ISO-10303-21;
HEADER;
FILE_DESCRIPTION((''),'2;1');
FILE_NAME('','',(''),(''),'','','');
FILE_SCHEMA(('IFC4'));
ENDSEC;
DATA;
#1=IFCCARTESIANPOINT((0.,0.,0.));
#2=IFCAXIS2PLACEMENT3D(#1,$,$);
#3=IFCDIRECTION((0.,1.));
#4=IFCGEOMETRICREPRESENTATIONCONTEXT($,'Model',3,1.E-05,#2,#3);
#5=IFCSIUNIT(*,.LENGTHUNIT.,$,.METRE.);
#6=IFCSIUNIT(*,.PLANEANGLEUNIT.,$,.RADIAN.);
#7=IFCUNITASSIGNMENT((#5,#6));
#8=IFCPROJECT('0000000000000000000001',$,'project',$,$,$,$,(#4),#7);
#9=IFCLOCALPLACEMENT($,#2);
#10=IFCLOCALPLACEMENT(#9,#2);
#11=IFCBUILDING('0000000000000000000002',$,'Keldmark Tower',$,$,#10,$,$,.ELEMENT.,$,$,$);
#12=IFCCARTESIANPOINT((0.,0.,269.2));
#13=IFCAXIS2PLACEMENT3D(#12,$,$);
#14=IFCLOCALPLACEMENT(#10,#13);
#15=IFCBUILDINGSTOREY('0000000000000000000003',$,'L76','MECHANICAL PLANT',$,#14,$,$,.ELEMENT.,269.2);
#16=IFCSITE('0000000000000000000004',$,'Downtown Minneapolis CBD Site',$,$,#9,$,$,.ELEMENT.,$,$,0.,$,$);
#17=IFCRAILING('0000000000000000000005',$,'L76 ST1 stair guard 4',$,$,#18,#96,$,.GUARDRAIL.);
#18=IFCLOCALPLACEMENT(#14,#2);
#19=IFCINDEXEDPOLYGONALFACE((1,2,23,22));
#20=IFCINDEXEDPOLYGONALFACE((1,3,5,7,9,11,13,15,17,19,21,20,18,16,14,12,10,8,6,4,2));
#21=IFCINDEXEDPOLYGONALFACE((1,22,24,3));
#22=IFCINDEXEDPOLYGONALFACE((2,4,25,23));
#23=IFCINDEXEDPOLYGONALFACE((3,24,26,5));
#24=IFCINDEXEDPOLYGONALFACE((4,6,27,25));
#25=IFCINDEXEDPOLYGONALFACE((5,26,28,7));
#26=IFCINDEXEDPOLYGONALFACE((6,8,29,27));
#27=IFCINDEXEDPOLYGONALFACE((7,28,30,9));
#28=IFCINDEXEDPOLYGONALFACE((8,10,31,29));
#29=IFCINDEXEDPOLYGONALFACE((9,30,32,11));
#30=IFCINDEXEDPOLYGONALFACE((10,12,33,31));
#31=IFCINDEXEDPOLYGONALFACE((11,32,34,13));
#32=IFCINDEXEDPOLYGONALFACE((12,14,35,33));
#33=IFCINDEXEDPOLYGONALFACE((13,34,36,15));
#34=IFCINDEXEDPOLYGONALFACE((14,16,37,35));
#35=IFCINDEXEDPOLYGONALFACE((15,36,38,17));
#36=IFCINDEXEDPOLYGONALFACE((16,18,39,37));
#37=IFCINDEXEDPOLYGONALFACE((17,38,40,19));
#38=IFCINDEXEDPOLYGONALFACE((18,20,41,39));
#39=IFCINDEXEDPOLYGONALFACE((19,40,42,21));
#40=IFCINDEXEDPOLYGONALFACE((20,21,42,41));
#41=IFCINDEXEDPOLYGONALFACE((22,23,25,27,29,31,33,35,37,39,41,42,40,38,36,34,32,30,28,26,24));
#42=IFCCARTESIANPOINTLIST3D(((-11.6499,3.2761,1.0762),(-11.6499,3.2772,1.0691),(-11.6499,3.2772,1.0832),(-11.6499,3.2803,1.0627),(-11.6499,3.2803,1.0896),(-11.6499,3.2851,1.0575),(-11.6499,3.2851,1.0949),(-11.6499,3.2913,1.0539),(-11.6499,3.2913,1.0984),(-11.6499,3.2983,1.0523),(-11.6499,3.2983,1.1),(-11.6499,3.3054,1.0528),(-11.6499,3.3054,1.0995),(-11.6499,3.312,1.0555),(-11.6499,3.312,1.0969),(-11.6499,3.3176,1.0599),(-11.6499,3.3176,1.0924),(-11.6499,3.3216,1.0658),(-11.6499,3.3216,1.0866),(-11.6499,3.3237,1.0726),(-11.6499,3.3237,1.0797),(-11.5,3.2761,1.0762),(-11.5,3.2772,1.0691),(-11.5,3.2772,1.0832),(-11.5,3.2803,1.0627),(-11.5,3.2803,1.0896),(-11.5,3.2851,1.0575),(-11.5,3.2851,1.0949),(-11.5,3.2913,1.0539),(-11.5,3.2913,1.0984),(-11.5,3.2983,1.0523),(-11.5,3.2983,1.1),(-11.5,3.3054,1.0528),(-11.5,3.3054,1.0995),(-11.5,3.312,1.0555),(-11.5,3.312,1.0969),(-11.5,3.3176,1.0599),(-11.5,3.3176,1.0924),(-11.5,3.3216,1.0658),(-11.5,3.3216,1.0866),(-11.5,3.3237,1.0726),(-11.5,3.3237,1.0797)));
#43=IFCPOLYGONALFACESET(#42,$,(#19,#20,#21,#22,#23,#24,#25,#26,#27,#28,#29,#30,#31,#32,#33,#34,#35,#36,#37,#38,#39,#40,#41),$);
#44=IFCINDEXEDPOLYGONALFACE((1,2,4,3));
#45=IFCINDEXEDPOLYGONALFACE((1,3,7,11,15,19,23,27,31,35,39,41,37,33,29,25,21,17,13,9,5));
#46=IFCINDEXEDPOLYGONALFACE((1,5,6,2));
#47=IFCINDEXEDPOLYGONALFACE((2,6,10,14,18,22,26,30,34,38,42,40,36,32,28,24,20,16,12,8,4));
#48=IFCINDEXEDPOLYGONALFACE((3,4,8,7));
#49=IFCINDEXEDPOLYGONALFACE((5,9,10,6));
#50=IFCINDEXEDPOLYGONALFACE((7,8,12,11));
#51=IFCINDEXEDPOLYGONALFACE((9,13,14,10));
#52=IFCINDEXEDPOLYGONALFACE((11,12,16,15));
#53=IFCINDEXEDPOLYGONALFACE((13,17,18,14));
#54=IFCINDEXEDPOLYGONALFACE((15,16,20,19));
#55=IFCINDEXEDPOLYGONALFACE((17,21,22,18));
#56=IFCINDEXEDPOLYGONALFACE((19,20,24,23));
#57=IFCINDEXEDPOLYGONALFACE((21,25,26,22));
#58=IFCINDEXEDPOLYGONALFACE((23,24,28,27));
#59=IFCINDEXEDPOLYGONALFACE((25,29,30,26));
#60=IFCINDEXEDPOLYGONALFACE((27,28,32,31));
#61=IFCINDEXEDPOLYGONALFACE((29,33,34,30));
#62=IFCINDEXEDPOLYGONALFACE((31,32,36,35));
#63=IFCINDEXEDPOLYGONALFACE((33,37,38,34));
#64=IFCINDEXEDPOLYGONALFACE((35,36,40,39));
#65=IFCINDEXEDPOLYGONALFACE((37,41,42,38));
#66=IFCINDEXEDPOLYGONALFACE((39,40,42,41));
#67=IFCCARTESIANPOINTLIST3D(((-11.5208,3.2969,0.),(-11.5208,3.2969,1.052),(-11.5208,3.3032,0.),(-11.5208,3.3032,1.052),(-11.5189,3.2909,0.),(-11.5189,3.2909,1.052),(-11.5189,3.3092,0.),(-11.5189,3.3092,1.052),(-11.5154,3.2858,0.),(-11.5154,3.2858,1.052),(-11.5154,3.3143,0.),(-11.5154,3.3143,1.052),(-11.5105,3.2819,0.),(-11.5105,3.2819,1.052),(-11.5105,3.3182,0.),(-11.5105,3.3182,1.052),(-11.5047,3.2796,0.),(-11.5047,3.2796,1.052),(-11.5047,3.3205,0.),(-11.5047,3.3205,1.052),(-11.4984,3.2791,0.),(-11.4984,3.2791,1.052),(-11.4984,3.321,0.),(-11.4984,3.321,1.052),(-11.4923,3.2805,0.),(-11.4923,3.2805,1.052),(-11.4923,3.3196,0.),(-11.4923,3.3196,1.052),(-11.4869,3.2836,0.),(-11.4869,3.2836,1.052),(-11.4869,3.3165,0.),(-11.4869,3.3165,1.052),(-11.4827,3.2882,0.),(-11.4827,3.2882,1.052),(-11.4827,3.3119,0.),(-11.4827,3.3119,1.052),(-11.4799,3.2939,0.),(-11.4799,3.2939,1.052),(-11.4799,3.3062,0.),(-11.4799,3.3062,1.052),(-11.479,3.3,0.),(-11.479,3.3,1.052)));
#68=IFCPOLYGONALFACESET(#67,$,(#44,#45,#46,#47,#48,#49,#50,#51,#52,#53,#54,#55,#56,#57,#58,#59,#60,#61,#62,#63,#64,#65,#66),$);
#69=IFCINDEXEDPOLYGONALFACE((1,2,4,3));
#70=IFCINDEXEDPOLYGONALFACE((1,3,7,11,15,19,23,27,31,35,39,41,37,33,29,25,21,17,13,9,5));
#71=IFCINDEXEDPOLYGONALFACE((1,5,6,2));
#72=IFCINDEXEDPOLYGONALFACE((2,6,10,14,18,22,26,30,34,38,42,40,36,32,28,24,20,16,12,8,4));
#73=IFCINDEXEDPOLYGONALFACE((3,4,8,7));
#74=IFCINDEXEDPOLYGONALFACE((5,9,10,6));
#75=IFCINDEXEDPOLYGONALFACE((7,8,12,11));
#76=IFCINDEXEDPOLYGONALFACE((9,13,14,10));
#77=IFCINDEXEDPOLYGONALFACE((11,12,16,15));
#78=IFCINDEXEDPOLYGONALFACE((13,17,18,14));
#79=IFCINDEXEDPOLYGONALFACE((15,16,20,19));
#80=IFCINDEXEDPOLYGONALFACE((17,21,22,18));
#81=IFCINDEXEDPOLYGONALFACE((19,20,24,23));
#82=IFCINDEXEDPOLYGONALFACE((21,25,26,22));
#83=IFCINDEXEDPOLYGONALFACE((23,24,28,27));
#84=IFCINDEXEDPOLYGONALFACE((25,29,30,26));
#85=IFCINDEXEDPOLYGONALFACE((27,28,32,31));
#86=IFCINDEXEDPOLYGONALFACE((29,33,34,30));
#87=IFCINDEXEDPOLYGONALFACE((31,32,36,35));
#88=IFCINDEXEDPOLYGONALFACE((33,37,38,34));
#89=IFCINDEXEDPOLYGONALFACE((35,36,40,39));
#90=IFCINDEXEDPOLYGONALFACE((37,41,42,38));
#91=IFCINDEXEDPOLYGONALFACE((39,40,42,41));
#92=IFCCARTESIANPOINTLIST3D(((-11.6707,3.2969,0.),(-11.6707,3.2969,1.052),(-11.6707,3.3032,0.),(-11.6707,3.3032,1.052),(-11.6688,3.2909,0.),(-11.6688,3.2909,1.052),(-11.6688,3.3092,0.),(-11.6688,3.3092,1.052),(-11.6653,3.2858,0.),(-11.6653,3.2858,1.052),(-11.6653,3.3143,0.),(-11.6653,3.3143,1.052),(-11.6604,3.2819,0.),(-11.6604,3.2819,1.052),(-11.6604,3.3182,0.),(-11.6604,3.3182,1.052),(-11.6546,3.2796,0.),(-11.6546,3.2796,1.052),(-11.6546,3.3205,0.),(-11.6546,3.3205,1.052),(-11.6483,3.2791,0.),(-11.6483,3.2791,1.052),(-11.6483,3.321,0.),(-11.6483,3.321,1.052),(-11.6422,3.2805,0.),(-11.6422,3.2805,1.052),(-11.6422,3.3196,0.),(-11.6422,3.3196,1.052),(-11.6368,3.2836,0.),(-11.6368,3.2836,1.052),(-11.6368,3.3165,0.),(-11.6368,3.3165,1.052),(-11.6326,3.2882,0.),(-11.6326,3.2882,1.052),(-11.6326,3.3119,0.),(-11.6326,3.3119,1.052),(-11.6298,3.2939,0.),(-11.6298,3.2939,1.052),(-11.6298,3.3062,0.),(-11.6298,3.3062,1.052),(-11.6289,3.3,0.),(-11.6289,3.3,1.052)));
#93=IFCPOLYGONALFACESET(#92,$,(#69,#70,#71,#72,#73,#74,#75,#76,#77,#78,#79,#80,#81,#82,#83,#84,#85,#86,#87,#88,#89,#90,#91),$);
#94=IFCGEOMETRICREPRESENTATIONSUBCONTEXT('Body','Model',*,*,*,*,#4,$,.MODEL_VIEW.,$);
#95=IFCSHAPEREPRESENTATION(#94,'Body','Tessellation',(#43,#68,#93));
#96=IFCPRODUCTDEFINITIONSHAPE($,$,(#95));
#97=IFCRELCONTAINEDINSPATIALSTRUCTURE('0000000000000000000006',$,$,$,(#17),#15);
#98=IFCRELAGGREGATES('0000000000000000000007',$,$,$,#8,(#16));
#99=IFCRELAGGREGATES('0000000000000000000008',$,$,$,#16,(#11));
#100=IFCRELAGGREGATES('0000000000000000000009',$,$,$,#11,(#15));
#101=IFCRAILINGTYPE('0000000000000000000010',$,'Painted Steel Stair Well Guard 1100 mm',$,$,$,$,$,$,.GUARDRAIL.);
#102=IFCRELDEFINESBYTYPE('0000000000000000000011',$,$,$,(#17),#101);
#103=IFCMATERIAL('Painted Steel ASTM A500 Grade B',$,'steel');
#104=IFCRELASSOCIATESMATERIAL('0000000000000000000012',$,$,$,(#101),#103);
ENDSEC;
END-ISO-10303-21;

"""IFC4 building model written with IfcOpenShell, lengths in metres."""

from ifc_helpers import new_model, si_unit, direction, frame, origin, origin_2d, place, context, subcontext, project, spatial, circle, extrude, material, type_object, element, save


model = new_model("IFC4")

# Units and contexts
model_context = context("Model", 3, precision=1e-05, world=origin(), true_north=direction((0.0, 1.0)))
body_context = subcontext(model_context, "Body", "Model", "MODEL_VIEW")
ifc_project = project(units=[si_unit("LENGTHUNIT", "METRE"), si_unit("PLANEANGLEUNIT", "RADIAN")], contexts=[model_context])

# Site, building, storey
site_placement = place(None, origin())
site = spatial("IfcSite", under=ifc_project, at=site_placement, Name="Downtown Minneapolis CBD Site", CompositionType="ELEMENT", RefElevation=0.0)
building_placement = place(site_placement, origin())
building = spatial("IfcBuilding", under=site, at=building_placement, Name="Keldmark Tower", CompositionType="ELEMENT")
storey_placement = place(building_placement, frame((0.0, 0.0, 269.2)))
storey = spatial("IfcBuildingStorey", under=building, at=storey_placement, Name="L76", Description="MECHANICAL PLANT", CompositionType="ELEMENT", Elevation=269.2)

# Railing
ifc_material_1 = material(Name="Painted Steel ASTM A500 Grade B", Category="steel")
railing_type = type_object("IfcRailingType", Name="Painted Steel Stair Well Guard 1100 mm", PredefinedType="GUARDRAIL", material=ifc_material_1)
railing_1_placement = place(storey_placement, frame((-11.5, 3.3, 0.0)))
element("IfcRailing", 1, at=railing_1_placement, inside=storey, type_object=railing_type, Name="L76 ST1 stair guard 4", PredefinedType="GUARDRAIL", context=body_context, shape_type="SweptSolid", body=[
    extrude(circle(Radius=0.0239, at=origin_2d()), frame((0.0, 0.0, 1.0762), z_axis=(-1.0, 0.0, 0.0), x_axis=(0.0, -1.0, 0.0)), (0.0, 0.0, 1.0), 0.1499),
    extrude(circle(Radius=0.021, at=origin_2d()), origin(), (0.0, 0.0, 1.0), 1.052),
    extrude(circle(Radius=0.021, at=origin_2d()), frame((-0.1499, 0.0, 0.0)), (0.0, 0.0, 1.0), 1.052),
])

save(model, "model.ifc")
